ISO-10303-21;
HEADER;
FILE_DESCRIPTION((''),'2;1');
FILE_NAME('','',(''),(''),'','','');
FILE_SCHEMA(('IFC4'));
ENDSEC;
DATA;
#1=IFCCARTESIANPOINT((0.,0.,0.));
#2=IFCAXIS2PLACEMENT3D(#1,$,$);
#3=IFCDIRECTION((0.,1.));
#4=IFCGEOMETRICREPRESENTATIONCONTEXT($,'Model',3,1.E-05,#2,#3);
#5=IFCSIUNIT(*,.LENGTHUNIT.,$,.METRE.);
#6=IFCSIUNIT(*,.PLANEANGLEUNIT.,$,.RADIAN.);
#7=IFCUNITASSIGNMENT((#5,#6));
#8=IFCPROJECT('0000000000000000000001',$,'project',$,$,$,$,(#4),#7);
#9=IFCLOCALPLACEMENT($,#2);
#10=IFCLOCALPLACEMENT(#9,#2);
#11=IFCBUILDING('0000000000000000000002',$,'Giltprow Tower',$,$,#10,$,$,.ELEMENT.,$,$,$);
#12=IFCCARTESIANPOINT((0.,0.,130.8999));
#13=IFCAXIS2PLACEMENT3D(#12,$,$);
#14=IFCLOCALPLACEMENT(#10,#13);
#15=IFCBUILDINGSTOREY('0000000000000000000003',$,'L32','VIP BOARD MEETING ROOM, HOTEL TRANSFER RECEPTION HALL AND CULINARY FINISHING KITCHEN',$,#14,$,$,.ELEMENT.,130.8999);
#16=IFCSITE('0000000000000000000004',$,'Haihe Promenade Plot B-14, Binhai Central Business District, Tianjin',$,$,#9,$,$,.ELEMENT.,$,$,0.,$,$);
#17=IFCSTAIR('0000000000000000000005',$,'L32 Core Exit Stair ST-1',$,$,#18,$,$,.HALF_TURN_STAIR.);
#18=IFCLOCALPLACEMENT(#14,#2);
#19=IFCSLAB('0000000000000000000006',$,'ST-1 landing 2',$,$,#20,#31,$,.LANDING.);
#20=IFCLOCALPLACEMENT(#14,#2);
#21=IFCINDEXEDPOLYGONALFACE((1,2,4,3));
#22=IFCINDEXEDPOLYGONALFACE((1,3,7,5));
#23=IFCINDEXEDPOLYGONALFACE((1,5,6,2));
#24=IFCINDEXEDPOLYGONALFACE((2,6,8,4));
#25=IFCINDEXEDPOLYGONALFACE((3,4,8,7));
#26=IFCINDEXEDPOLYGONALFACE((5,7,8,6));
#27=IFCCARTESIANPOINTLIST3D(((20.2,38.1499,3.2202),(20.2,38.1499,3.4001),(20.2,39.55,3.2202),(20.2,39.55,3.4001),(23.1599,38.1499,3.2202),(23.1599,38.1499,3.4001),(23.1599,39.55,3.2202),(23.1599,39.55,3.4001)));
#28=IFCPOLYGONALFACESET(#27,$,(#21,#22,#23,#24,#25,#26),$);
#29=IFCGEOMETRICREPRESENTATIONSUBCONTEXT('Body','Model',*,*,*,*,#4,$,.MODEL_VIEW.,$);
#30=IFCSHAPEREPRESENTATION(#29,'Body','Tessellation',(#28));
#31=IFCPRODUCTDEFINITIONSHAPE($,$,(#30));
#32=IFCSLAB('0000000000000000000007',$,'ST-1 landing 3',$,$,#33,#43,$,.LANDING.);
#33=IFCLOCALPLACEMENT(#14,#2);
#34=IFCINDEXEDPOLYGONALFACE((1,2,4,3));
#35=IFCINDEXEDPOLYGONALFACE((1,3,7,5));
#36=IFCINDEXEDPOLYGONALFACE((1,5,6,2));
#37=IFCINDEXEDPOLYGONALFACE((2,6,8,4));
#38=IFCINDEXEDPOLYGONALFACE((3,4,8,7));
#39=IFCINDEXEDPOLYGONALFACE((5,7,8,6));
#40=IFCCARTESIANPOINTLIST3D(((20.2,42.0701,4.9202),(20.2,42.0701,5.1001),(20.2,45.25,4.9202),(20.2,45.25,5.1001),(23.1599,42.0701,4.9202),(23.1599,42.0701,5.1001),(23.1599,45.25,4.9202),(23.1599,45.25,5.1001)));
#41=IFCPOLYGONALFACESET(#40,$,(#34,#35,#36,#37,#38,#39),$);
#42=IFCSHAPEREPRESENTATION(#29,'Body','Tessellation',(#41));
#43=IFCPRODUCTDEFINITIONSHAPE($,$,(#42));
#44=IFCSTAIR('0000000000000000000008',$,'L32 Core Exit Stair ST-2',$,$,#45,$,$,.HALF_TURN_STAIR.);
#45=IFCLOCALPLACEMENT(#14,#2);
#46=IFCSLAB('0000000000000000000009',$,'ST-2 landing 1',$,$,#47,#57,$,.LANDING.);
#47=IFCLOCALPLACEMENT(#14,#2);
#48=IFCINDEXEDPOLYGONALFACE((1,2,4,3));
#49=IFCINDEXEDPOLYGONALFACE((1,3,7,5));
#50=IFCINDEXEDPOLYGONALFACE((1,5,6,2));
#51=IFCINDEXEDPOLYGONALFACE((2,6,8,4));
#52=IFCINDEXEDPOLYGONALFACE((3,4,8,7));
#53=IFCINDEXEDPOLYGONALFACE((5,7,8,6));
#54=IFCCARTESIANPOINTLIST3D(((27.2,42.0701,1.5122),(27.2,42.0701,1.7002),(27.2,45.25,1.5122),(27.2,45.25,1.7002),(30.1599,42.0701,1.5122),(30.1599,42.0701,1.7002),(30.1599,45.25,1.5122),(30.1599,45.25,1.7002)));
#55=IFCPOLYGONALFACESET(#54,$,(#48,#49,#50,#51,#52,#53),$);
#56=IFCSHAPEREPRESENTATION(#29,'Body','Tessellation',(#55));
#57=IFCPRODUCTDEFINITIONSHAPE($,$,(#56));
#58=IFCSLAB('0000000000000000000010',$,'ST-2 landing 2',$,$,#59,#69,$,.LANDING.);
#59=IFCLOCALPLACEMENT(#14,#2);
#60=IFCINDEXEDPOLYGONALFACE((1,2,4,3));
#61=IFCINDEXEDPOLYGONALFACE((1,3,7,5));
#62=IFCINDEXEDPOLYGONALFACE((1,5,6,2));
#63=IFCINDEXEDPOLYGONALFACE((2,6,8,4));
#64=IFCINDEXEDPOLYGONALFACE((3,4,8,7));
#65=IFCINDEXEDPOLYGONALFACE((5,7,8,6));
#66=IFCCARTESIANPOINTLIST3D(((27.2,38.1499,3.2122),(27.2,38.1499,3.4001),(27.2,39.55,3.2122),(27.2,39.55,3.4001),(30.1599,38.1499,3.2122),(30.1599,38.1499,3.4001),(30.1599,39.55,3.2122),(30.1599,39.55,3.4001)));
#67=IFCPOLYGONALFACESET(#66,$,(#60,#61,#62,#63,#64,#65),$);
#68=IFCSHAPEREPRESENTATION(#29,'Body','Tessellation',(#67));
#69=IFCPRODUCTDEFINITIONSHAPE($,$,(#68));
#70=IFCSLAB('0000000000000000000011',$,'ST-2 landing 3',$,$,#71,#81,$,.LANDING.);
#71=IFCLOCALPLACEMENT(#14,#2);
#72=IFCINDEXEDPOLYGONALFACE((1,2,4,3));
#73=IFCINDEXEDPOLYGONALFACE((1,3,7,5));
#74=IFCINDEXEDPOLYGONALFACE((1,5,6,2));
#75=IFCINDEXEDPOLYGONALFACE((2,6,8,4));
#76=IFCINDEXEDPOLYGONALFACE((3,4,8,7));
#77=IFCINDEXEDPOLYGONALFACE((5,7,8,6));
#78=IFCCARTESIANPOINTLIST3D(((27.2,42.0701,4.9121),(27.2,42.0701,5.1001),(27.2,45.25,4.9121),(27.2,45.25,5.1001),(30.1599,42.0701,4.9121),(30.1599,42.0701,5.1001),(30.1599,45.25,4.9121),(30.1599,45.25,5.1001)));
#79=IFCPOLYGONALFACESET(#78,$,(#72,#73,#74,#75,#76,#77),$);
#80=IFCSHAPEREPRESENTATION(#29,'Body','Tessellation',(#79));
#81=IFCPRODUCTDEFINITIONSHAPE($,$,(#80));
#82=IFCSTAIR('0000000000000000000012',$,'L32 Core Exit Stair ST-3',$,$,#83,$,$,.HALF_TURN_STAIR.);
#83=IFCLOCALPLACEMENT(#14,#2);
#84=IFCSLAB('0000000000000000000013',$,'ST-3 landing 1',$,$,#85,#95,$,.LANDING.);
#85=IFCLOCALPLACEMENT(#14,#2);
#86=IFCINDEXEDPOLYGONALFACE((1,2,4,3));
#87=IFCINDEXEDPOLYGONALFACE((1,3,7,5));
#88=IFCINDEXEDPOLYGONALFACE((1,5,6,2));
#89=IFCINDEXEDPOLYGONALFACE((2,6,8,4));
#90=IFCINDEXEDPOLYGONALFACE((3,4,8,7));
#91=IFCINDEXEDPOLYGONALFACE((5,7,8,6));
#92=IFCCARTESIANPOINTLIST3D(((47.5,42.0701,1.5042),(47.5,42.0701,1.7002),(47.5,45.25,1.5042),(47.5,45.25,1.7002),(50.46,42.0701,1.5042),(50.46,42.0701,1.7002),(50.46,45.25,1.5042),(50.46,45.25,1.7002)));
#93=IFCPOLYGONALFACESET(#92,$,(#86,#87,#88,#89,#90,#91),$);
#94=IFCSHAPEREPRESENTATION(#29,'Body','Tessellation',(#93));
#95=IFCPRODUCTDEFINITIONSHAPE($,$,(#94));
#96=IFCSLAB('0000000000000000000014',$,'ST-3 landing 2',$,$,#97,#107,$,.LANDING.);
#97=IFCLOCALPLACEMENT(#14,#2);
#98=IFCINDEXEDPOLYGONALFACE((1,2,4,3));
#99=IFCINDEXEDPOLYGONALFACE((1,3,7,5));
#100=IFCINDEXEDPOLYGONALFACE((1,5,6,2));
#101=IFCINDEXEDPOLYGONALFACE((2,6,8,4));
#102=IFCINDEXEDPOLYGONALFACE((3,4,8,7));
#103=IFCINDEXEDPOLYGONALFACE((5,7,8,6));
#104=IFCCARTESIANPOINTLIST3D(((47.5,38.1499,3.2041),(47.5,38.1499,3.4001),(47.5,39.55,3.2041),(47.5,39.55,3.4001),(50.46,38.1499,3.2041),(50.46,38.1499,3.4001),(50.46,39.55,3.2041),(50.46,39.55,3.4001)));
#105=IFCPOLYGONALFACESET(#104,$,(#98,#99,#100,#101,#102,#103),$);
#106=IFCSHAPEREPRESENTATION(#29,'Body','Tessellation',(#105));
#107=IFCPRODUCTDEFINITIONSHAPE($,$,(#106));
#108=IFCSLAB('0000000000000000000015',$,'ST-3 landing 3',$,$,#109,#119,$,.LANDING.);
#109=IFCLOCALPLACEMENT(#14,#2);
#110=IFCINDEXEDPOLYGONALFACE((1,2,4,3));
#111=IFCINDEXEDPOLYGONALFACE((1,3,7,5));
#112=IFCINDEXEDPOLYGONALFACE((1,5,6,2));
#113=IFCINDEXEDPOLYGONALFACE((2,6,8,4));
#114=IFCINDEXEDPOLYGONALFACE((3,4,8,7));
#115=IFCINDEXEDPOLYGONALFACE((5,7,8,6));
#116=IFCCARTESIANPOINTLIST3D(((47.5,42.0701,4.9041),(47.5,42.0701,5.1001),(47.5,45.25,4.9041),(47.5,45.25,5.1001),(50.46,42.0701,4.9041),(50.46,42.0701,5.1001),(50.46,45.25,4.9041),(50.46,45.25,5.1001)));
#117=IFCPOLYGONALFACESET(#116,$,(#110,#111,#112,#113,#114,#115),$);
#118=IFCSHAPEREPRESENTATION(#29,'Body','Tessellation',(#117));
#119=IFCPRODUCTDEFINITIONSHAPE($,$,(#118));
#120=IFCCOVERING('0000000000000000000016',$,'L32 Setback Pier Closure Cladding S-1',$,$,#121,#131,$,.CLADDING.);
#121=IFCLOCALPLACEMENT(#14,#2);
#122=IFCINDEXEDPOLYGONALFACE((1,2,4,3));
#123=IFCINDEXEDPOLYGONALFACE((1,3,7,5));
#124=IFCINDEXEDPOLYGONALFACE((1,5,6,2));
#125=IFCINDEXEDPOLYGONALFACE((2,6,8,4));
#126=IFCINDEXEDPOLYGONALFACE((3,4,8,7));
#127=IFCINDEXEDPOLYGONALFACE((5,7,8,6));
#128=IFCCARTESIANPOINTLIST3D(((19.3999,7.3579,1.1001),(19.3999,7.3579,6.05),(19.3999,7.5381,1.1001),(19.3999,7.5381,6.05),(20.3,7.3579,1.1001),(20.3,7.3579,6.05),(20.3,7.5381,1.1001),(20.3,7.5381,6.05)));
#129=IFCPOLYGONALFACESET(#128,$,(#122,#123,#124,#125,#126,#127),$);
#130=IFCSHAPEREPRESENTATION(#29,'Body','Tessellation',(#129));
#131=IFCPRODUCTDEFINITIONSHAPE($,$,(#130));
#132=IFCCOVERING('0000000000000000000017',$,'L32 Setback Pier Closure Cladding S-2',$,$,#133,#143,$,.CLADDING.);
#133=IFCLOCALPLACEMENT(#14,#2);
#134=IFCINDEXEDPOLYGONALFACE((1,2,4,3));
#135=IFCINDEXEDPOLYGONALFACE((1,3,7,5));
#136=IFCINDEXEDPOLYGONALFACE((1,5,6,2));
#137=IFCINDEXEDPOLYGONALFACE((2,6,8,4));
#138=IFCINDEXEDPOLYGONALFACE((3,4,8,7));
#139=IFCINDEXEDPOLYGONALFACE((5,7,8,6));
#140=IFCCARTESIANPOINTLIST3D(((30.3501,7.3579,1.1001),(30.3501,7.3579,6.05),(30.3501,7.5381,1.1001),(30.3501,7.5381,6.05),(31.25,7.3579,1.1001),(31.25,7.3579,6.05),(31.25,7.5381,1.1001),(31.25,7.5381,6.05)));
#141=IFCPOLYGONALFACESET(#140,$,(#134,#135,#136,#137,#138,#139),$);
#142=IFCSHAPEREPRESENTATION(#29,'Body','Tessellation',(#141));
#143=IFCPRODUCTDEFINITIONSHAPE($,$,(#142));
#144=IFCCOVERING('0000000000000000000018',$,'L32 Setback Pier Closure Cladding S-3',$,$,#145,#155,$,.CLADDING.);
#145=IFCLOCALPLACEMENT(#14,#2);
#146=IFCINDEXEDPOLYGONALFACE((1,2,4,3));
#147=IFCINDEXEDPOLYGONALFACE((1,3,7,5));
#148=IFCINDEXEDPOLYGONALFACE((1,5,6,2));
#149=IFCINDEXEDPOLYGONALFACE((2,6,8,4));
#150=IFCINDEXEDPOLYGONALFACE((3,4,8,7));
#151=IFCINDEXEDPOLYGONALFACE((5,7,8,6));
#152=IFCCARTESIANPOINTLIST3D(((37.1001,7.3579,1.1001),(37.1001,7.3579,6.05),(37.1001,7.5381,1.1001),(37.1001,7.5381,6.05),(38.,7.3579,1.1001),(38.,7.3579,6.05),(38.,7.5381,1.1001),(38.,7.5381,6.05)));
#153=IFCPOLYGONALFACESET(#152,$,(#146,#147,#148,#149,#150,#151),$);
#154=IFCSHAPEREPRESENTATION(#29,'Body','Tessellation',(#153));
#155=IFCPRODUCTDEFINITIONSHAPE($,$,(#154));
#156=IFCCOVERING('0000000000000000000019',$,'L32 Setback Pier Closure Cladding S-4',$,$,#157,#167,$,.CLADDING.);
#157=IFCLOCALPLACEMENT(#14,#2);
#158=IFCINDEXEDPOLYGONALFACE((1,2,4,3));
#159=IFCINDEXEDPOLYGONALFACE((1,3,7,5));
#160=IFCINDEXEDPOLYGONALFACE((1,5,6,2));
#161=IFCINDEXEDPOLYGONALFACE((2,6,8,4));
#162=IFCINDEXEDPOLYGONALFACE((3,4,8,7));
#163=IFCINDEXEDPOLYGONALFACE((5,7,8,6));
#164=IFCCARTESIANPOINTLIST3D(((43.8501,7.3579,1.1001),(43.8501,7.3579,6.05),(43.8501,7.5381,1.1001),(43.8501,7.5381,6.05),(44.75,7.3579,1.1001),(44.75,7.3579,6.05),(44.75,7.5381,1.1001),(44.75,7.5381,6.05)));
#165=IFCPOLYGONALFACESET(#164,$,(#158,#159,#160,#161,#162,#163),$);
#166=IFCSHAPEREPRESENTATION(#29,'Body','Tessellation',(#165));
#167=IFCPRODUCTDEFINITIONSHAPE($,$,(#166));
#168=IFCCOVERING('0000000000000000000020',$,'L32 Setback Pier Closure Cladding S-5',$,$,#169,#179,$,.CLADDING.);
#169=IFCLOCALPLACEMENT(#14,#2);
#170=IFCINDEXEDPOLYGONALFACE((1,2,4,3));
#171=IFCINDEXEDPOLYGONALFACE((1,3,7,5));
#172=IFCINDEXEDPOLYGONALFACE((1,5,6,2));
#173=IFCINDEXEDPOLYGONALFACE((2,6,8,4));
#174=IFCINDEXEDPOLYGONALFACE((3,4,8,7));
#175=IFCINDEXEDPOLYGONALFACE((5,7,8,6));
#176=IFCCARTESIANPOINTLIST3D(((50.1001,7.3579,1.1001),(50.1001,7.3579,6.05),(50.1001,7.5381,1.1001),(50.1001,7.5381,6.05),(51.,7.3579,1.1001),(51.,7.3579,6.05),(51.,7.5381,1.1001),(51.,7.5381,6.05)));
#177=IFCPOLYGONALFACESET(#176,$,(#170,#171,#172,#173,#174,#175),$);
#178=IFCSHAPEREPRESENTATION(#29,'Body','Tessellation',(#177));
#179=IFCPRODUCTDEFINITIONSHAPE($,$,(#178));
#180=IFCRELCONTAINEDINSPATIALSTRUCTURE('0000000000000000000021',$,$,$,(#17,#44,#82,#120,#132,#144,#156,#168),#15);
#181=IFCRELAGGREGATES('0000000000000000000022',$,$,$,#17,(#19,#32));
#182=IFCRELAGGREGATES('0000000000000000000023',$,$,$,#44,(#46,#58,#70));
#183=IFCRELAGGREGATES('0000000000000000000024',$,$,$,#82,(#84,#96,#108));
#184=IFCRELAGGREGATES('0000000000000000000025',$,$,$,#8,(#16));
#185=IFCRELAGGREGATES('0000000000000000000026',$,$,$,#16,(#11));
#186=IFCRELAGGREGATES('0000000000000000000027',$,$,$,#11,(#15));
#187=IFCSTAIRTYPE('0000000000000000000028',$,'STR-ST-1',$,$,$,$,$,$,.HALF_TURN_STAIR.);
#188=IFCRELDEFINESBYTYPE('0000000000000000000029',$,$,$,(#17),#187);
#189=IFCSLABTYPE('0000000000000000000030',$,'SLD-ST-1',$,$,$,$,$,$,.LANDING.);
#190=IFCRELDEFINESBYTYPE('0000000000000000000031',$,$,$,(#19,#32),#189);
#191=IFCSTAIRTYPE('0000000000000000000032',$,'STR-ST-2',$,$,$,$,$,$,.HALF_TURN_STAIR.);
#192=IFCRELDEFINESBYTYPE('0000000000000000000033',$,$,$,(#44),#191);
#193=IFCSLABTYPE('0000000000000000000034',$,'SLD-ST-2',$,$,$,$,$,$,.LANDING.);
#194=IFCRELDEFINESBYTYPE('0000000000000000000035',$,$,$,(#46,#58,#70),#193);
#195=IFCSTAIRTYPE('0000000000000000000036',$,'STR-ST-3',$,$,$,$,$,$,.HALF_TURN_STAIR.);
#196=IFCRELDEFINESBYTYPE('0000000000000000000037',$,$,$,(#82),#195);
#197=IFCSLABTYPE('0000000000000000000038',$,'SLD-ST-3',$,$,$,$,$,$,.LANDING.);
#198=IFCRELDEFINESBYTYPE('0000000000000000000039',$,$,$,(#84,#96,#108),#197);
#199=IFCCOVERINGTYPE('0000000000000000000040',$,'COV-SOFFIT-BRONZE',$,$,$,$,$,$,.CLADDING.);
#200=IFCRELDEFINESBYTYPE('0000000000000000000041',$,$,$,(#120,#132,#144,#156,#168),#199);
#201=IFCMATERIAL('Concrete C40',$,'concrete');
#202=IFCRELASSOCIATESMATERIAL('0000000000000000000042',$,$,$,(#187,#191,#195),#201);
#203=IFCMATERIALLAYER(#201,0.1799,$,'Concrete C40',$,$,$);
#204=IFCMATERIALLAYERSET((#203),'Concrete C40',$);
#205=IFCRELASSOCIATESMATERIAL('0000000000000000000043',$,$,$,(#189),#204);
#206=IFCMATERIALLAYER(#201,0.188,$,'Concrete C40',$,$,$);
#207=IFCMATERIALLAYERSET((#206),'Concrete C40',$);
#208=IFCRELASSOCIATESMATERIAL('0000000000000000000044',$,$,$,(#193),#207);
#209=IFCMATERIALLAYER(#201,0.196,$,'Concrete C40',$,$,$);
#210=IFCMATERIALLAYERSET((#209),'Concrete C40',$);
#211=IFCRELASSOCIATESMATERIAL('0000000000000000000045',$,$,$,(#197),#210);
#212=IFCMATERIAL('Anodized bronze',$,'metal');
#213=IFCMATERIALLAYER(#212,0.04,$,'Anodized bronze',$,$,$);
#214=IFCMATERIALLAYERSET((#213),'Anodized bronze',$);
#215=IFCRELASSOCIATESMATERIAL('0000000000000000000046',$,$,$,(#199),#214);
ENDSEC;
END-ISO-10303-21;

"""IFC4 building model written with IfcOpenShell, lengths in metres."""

from ifc_helpers import new_model, si_unit, direction, frame, origin, place, context, subcontext, project, spatial, polyline, outline, extrude, material, layer, layer_set, type_object, element, aggregate, save


model = new_model("IFC4")

# Units and contexts
model_context = context("Model", 3, precision=1e-05, world=origin(), true_north=direction((0.0, 1.0)))
body_context = subcontext(model_context, "Body", "Model", "MODEL_VIEW")
ifc_project = project(units=[si_unit("LENGTHUNIT", "METRE"), si_unit("PLANEANGLEUNIT", "RADIAN")], contexts=[model_context])

# Site, building, storey
site_placement = place(None, origin())
site = spatial("IfcSite", under=ifc_project, at=site_placement, Name="Haihe Promenade Plot B-14, Binhai Central Business District, Tianjin", CompositionType="ELEMENT", RefElevation=0.0)
building_placement = place(site_placement, origin())
building = spatial("IfcBuilding", under=site, at=building_placement, Name="Giltprow Tower", CompositionType="ELEMENT")
storey_placement = place(building_placement, frame((0.0, 0.0, 130.8999)))
storey = spatial("IfcBuildingStorey", under=building, at=storey_placement, Name="L32", Description="VIP BOARD MEETING ROOM, HOTEL TRANSFER RECEPTION HALL AND CULINARY FINISHING KITCHEN", CompositionType="ELEMENT", Elevation=130.8999)

# Shared definitions
ifc_material_1 = material(Name="Anodized bronze", Category="metal")

# Shared definitions
ifc_material_2 = material(Name="Concrete C40", Category="concrete")

# Stairs, slabs
stair_type_1 = type_object("IfcStairType", Name="STR-ST-1", PredefinedType="HALF_TURN_STAIR", material=ifc_material_2)
stair_1_placement = place(storey_placement, origin())
stair_1 = element("IfcStair", 1, at=stair_1_placement, inside=storey, type_object=stair_type_1, Name="L32 Core Exit Stair ST-1", PredefinedType="HALF_TURN_STAIR")
ifc_layer_1 = layer(ifc_material_2, 0.1799, Name="Concrete C40")
ifc_layer_set_1 = layer_set([ifc_layer_1], Name="Concrete C40")
slab_type_1 = type_object("IfcSlabType", Name="SLD-ST-1", PredefinedType="LANDING", material=ifc_layer_set_1)
slab_1_placement = place(storey_placement, frame((0.0, 0.0, 3.2202)))
slab_1 = element("IfcSlab", 2, at=slab_1_placement, type_object=slab_type_1, Name="ST-1 landing 2", PredefinedType="LANDING", context=body_context, shape_type="SweptSolid", body=[
    extrude(outline(polyline([(23.1599, 38.1499), (23.1599, 39.55), (20.2, 39.55), (20.2, 38.1499), (23.1599, 38.1499)])), origin(), (0.0, 0.0, 1.0), 0.1799),
])
slab_2_placement = place(storey_placement, frame((0.0, 0.0, 4.9202)))
slab_2 = element("IfcSlab", 3, at=slab_2_placement, type_object=slab_type_1, Name="ST-1 landing 3", PredefinedType="LANDING", context=body_context, shape_type="SweptSolid", body=[
    extrude(outline(polyline([(23.1599, 42.0701), (23.1599, 45.25), (20.2, 45.25), (20.2, 42.0701), (23.1599, 42.0701)])), origin(), (0.0, 0.0, 1.0), 0.1799),
])
aggregate(stair_1, [slab_1, slab_2])
stair_type_2 = type_object("IfcStairType", Name="STR-ST-2", PredefinedType="HALF_TURN_STAIR", material=ifc_material_2)
stair_2_placement = place(storey_placement, origin())
stair_2 = element("IfcStair", 4, at=stair_2_placement, inside=storey, type_object=stair_type_2, Name="L32 Core Exit Stair ST-2", PredefinedType="HALF_TURN_STAIR")
ifc_layer_2 = layer(ifc_material_2, 0.188, Name="Concrete C40")
ifc_layer_set_2 = layer_set([ifc_layer_2], Name="Concrete C40")
slab_type_2 = type_object("IfcSlabType", Name="SLD-ST-2", PredefinedType="LANDING", material=ifc_layer_set_2)
slab_3_placement = place(storey_placement, frame((0.0, 0.0, 1.5122)))
slab_3 = element("IfcSlab", 5, at=slab_3_placement, type_object=slab_type_2, Name="ST-2 landing 1", PredefinedType="LANDING", context=body_context, shape_type="SweptSolid", body=[
    extrude(outline(polyline([(30.1599, 42.0701), (30.1599, 45.25), (27.2, 45.25), (27.2, 42.0701), (30.1599, 42.0701)])), origin(), (0.0, 0.0, 1.0), 0.188),
])
slab_4_placement = place(storey_placement, frame((0.0, 0.0, 3.2122)))
slab_4 = element("IfcSlab", 6, at=slab_4_placement, type_object=slab_type_2, Name="ST-2 landing 2", PredefinedType="LANDING", context=body_context, shape_type="SweptSolid", body=[
    extrude(outline(polyline([(30.1599, 38.1499), (30.1599, 39.55), (27.2, 39.55), (27.2, 38.1499), (30.1599, 38.1499)])), origin(), (0.0, 0.0, 1.0), 0.188),
])
slab_5_placement = place(storey_placement, frame((0.0, 0.0, 4.9121)))
slab_5 = element("IfcSlab", 7, at=slab_5_placement, type_object=slab_type_2, Name="ST-2 landing 3", PredefinedType="LANDING", context=body_context, shape_type="SweptSolid", body=[
    extrude(outline(polyline([(30.1599, 42.0701), (30.1599, 45.25), (27.2, 45.25), (27.2, 42.0701), (30.1599, 42.0701)])), origin(), (0.0, 0.0, 1.0), 0.188),
])
aggregate(stair_2, [slab_3, slab_4, slab_5])
stair_type_3 = type_object("IfcStairType", Name="STR-ST-3", PredefinedType="HALF_TURN_STAIR", material=ifc_material_2)
stair_3_placement = place(storey_placement, origin())
stair_3 = element("IfcStair", 8, at=stair_3_placement, inside=storey, type_object=stair_type_3, Name="L32 Core Exit Stair ST-3", PredefinedType="HALF_TURN_STAIR")
ifc_layer_3 = layer(ifc_material_2, 0.196, Name="Concrete C40")
ifc_layer_set_3 = layer_set([ifc_layer_3], Name="Concrete C40")
slab_type_3 = type_object("IfcSlabType", Name="SLD-ST-3", PredefinedType="LANDING", material=ifc_layer_set_3)
slab_6_placement = place(storey_placement, frame((0.0, 0.0, 1.5042)))
slab_6 = element("IfcSlab", 9, at=slab_6_placement, type_object=slab_type_3, Name="ST-3 landing 1", PredefinedType="LANDING", context=body_context, shape_type="SweptSolid", body=[
    extrude(outline(polyline([(50.46, 42.0701), (50.46, 45.25), (47.5, 45.25), (47.5, 42.0701), (50.46, 42.0701)])), origin(), (0.0, 0.0, 1.0), 0.196),
])
slab_7_placement = place(storey_placement, frame((0.0, 0.0, 3.2041)))
slab_7 = element("IfcSlab", 10, at=slab_7_placement, type_object=slab_type_3, Name="ST-3 landing 2", PredefinedType="LANDING", context=body_context, shape_type="SweptSolid", body=[
    extrude(outline(polyline([(50.46, 38.1499), (50.46, 39.55), (47.5, 39.55), (47.5, 38.1499), (50.46, 38.1499)])), origin(), (0.0, 0.0, 1.0), 0.196),
])
slab_8_placement = place(storey_placement, frame((0.0, 0.0, 4.9041)))
slab_8 = element("IfcSlab", 11, at=slab_8_placement, type_object=slab_type_3, Name="ST-3 landing 3", PredefinedType="LANDING", context=body_context, shape_type="SweptSolid", body=[
    extrude(outline(polyline([(50.46, 42.0701), (50.46, 45.25), (47.5, 45.25), (47.5, 42.0701), (50.46, 42.0701)])), origin(), (0.0, 0.0, 1.0), 0.196),
])
aggregate(stair_3, [slab_6, slab_7, slab_8])

# Coverings
ifc_layer_4 = layer(ifc_material_1, 0.04, Name="Anodized bronze")
ifc_layer_set_4 = layer_set([ifc_layer_4], Name="Anodized bronze")
covering_type = type_object("IfcCoveringType", Name="COV-SOFFIT-BRONZE", PredefinedType="CLADDING", material=ifc_layer_set_4)
covering_1_placement = place(storey_placement, frame((0.0, 0.0, 1.1001)))
element("IfcCovering", 12, at=covering_1_placement, inside=storey, type_object=covering_type, Name="L32 Setback Pier Closure Cladding S-1", PredefinedType="CLADDING", context=body_context, shape_type="SweptSolid", body=[
    extrude(outline(polyline([(19.3999, 7.3579), (20.3, 7.3579), (20.3, 7.5381), (19.3999, 7.5381), (19.3999, 7.3579)])), origin(), (0.0, 0.0, 1.0), 4.95),
])
covering_2_placement = place(storey_placement, frame((0.0, 0.0, 1.1001)))
element("IfcCovering", 13, at=covering_2_placement, inside=storey, type_object=covering_type, Name="L32 Setback Pier Closure Cladding S-2", PredefinedType="CLADDING", context=body_context, shape_type="SweptSolid", body=[
    extrude(outline(polyline([(30.3501, 7.3579), (31.25, 7.3579), (31.25, 7.5381), (30.3501, 7.5381), (30.3501, 7.3579)])), origin(), (0.0, 0.0, 1.0), 4.95),
])
covering_3_placement = place(storey_placement, frame((0.0, 0.0, 1.1001)))
element("IfcCovering", 14, at=covering_3_placement, inside=storey, type_object=covering_type, Name="L32 Setback Pier Closure Cladding S-3", PredefinedType="CLADDING", context=body_context, shape_type="SweptSolid", body=[
    extrude(outline(polyline([(37.1001, 7.3579), (38.0, 7.3579), (38.0, 7.5381), (37.1001, 7.5381), (37.1001, 7.3579)])), origin(), (0.0, 0.0, 1.0), 4.95),
])
covering_4_placement = place(storey_placement, frame((0.0, 0.0, 1.1001)))
element("IfcCovering", 15, at=covering_4_placement, inside=storey, type_object=covering_type, Name="L32 Setback Pier Closure Cladding S-4", PredefinedType="CLADDING", context=body_context, shape_type="SweptSolid", body=[
    extrude(outline(polyline([(43.8501, 7.3579), (44.75, 7.3579), (44.75, 7.5381), (43.8501, 7.5381), (43.8501, 7.3579)])), origin(), (0.0, 0.0, 1.0), 4.95),
])
covering_5_placement = place(storey_placement, frame((0.0, 0.0, 1.1001)))
element("IfcCovering", 16, at=covering_5_placement, inside=storey, type_object=covering_type, Name="L32 Setback Pier Closure Cladding S-5", PredefinedType="CLADDING", context=body_context, shape_type="SweptSolid", body=[
    extrude(outline(polyline([(50.1001, 7.3579), (51.0, 7.3579), (51.0, 7.5381), (50.1001, 7.5381), (50.1001, 7.3579)])), origin(), (0.0, 0.0, 1.0), 4.95),
])

save(model, "model.ifc")
